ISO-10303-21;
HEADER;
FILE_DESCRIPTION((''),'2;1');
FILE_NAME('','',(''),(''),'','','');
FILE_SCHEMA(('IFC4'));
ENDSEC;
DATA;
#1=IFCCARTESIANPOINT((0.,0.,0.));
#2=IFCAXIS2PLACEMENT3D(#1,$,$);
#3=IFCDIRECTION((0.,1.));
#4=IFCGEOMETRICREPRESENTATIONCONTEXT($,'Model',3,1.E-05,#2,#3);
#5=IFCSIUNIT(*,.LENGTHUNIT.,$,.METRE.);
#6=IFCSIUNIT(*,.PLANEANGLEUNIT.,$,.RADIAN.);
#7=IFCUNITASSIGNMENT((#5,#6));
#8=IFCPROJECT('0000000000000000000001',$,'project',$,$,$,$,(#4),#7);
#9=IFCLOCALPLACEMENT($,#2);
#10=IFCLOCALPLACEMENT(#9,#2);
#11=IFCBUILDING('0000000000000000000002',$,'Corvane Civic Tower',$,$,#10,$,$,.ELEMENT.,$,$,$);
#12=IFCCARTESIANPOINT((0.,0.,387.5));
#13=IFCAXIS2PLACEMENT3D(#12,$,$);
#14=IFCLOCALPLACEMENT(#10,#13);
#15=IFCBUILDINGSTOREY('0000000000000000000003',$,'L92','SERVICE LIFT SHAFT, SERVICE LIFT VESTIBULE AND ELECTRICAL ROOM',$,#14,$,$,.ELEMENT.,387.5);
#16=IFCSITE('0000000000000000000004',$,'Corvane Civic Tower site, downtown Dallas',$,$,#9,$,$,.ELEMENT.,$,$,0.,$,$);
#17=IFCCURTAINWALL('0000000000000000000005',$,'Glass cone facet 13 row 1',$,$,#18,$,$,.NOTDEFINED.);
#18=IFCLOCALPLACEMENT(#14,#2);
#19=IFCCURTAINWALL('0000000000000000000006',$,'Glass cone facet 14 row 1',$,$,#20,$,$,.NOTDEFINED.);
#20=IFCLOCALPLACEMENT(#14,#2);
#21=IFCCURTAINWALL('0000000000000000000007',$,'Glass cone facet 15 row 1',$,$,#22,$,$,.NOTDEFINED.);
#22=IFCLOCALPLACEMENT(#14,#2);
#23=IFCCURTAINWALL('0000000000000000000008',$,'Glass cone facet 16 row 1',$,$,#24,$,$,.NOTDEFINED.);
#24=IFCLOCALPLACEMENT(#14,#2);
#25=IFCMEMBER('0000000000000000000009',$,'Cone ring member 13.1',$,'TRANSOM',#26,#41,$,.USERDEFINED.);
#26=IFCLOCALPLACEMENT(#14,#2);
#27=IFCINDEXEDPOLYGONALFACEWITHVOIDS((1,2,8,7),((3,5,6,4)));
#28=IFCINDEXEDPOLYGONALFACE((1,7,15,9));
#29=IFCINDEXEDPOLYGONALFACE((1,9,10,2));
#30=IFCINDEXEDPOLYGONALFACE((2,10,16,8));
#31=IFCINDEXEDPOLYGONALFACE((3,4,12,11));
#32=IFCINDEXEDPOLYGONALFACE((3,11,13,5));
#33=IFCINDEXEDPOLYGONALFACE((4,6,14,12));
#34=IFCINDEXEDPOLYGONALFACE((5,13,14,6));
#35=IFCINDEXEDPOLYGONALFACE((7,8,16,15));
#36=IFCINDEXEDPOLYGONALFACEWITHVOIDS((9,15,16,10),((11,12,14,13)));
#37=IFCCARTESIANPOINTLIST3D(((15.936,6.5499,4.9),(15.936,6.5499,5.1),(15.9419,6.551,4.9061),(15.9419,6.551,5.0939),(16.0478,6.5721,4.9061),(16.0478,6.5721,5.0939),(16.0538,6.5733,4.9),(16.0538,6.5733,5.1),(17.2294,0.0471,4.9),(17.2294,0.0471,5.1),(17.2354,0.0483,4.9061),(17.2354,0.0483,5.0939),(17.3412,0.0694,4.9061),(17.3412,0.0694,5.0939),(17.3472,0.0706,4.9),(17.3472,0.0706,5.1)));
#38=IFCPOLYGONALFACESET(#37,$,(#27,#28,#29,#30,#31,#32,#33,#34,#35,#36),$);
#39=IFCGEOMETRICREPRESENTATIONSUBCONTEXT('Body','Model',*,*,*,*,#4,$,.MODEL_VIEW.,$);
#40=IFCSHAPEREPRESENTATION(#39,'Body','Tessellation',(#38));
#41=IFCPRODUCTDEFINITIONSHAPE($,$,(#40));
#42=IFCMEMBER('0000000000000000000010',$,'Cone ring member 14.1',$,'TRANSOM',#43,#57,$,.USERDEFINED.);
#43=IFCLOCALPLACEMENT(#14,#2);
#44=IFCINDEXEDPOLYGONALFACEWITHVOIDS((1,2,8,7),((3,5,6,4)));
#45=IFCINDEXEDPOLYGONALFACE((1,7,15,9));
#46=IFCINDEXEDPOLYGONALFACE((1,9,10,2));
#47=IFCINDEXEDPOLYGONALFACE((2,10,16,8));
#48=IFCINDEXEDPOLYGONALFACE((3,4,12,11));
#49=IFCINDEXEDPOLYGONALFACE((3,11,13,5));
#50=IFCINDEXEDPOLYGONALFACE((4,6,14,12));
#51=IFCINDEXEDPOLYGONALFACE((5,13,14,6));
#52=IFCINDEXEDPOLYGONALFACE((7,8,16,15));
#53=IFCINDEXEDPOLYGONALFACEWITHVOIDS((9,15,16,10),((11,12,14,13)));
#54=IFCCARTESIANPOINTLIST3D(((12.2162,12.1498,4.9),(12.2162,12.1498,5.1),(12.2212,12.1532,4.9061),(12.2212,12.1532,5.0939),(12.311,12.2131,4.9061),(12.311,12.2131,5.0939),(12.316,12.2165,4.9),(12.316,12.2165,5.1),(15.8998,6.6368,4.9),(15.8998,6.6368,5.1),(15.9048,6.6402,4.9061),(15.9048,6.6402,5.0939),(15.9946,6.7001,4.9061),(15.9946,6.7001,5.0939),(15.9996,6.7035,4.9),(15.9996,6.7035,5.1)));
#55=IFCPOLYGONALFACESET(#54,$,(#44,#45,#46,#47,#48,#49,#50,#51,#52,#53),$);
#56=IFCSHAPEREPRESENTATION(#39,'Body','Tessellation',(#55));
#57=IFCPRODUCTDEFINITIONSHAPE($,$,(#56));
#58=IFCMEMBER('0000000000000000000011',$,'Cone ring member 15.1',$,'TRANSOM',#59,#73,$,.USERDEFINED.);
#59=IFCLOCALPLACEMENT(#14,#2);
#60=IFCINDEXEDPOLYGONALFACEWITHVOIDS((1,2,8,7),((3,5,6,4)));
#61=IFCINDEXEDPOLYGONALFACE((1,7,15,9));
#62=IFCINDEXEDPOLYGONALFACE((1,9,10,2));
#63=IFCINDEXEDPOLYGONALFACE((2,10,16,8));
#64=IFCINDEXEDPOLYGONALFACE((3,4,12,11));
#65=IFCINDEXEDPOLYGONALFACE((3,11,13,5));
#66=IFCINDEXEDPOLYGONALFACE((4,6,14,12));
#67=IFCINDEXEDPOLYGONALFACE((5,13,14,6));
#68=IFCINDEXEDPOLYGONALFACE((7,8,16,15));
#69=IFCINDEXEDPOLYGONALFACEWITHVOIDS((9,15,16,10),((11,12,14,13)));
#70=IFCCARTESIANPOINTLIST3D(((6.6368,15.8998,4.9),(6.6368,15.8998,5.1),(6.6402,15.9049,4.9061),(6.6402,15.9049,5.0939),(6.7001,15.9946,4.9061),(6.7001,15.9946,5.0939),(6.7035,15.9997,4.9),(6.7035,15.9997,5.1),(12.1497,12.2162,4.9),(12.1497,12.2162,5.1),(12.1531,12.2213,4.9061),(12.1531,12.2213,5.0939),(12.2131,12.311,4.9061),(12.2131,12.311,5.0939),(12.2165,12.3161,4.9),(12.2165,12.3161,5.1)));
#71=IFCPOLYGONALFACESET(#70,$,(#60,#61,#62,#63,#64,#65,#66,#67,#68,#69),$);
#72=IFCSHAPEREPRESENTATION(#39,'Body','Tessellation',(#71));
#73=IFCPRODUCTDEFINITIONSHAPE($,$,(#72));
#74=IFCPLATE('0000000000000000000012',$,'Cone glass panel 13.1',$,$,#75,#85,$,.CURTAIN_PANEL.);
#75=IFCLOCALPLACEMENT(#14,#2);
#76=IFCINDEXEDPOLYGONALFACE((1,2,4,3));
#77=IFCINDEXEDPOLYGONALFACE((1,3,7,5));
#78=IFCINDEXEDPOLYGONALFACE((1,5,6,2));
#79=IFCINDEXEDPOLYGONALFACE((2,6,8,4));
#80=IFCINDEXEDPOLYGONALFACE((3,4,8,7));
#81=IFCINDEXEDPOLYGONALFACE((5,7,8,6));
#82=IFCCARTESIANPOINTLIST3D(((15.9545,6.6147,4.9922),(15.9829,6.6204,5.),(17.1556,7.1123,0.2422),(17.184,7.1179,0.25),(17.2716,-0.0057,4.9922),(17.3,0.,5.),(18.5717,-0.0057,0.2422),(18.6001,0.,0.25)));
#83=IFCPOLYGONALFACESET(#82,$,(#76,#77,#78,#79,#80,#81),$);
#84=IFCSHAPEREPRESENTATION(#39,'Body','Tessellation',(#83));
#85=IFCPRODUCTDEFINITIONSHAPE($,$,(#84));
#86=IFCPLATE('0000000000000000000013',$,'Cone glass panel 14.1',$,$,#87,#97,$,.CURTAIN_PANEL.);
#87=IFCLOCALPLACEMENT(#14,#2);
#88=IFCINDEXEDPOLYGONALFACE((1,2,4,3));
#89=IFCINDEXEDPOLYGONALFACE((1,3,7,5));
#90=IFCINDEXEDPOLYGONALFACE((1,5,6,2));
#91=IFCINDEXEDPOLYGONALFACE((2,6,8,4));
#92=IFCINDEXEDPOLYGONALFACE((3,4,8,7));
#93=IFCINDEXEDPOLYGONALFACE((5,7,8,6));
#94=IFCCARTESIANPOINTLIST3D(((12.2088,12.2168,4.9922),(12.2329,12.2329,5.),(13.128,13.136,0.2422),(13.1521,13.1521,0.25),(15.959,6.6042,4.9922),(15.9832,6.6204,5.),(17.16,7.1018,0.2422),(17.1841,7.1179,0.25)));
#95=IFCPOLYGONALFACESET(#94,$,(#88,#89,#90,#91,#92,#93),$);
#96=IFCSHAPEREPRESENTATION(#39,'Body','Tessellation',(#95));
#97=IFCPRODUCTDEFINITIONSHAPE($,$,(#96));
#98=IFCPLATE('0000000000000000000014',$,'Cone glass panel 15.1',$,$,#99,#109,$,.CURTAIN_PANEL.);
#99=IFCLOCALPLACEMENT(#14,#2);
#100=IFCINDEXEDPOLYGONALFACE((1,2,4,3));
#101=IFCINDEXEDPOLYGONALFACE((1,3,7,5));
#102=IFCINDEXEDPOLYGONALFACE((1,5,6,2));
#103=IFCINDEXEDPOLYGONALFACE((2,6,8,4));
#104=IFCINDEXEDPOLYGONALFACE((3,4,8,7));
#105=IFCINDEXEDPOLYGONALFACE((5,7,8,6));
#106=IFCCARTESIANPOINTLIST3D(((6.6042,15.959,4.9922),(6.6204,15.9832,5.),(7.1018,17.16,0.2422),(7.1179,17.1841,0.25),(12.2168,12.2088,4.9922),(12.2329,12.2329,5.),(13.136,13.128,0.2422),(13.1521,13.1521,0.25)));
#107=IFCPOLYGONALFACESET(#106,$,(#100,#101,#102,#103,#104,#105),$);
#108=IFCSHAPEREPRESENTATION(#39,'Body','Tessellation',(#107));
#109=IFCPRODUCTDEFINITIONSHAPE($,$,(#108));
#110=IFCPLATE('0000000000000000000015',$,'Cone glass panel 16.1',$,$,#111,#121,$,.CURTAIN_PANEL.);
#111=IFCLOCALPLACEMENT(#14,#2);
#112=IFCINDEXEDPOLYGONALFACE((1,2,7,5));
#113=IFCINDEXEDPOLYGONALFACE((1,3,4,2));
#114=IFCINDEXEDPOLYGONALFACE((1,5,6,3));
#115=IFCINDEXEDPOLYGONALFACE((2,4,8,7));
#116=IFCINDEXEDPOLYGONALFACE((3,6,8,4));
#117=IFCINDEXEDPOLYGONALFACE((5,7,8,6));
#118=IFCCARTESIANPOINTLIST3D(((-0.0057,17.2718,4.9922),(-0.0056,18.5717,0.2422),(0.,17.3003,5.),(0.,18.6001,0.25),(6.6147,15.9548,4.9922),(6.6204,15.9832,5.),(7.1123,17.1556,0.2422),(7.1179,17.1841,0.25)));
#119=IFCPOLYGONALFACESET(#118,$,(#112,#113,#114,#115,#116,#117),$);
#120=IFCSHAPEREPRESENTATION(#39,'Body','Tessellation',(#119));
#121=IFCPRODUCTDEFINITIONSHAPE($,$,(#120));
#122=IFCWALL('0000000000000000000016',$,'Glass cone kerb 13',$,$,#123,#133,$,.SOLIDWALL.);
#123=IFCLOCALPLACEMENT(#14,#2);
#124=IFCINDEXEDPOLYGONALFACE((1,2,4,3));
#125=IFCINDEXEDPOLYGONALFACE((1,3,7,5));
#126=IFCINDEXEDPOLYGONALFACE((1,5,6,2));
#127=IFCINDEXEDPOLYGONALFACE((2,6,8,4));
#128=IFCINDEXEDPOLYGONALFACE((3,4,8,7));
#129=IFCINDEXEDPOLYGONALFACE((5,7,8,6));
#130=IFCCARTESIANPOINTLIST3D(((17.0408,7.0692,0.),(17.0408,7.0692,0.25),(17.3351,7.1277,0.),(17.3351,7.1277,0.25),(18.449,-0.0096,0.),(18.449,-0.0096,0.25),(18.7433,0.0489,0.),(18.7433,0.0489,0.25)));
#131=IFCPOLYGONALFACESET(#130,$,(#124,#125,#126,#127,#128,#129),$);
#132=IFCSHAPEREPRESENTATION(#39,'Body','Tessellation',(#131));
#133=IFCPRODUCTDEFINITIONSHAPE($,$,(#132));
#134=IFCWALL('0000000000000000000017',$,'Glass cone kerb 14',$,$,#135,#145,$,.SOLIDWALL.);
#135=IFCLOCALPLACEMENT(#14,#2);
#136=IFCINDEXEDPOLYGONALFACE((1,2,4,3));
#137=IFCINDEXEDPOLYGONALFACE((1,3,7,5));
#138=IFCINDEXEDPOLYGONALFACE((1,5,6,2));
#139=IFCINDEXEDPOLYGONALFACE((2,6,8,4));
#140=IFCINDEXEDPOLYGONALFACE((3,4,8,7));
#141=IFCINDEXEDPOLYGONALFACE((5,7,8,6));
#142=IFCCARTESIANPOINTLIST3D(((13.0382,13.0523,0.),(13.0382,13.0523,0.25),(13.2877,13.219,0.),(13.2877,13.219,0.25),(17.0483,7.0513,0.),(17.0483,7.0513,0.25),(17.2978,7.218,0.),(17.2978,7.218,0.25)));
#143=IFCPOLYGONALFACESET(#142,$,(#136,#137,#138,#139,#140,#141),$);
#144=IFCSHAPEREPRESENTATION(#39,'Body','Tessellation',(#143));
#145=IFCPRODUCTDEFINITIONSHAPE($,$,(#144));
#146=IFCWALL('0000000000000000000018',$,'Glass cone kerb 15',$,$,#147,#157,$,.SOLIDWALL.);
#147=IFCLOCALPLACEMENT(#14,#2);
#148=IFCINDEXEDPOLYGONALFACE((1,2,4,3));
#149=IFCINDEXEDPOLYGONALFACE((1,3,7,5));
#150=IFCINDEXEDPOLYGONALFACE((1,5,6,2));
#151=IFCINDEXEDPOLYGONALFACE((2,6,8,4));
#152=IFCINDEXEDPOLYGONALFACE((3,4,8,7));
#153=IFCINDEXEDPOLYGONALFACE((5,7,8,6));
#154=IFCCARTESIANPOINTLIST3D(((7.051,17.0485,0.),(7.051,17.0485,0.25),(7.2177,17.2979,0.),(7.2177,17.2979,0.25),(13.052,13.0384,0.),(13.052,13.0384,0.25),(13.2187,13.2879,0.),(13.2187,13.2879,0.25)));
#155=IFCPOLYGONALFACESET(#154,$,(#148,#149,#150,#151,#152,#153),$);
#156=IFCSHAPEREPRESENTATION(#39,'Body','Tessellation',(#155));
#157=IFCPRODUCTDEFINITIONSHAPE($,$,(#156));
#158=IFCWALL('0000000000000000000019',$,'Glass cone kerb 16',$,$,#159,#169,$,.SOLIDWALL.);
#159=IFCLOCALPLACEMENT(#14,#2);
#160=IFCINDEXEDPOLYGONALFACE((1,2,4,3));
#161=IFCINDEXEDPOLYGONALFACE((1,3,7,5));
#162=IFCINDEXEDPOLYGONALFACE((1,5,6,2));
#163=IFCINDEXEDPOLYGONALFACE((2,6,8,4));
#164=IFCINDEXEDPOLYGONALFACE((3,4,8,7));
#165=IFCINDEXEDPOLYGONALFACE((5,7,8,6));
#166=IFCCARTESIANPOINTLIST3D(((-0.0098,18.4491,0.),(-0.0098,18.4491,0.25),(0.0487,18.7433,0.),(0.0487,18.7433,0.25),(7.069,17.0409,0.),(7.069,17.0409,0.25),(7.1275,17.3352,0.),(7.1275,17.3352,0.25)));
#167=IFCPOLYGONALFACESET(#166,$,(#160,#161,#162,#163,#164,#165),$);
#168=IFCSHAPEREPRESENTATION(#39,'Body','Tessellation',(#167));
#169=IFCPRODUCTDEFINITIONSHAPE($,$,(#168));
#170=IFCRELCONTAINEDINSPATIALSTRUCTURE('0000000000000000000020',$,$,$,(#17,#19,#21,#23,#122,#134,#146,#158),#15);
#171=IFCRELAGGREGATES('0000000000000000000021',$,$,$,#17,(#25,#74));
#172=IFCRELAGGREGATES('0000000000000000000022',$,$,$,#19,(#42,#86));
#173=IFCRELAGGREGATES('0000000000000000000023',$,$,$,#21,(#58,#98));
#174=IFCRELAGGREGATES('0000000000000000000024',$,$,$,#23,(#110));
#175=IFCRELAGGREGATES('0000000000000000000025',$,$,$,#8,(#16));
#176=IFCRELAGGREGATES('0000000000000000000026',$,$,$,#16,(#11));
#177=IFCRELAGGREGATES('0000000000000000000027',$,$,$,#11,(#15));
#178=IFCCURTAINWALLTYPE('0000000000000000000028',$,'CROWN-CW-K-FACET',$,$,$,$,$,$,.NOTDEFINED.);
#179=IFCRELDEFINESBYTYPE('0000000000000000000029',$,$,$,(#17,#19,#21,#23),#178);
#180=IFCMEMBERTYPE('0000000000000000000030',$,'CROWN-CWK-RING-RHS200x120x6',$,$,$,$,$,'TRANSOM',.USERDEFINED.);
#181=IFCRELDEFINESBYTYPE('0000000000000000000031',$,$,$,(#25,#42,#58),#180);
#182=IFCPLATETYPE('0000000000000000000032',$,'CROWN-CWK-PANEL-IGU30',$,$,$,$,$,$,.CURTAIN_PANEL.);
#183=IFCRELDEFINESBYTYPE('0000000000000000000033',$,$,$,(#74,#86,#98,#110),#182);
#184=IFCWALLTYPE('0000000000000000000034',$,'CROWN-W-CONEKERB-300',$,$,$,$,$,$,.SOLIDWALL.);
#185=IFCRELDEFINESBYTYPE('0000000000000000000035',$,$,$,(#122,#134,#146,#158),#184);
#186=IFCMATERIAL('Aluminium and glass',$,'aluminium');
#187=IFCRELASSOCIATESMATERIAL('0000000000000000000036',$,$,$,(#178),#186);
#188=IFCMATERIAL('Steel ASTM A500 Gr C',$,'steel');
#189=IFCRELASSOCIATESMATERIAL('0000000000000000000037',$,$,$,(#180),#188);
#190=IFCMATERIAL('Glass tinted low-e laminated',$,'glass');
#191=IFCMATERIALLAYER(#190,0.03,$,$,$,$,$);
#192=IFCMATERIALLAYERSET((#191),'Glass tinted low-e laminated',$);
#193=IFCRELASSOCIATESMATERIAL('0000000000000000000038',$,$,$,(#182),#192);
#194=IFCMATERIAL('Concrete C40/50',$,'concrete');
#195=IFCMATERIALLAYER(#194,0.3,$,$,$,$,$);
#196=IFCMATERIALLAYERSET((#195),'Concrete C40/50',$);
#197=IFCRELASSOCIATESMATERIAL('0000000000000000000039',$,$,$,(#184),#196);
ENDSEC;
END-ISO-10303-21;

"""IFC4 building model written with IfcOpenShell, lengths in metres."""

from ifc_helpers import new_model, si_unit, direction, frame, frame_2d, origin, origin_2d, place, context, subcontext, project, spatial, polyline, rectangle, hollow_rectangle, outline, extrude, material, layer, layer_set, material_profile, profile_set, type_object, element, aggregate, save


model = new_model("IFC4")

# Units and contexts
model_context = context("Model", 3, precision=1e-05, world=origin(), true_north=direction((0.0, 1.0)))
body_context = subcontext(model_context, "Body", "Model", "MODEL_VIEW")
ifc_project = project(units=[si_unit("LENGTHUNIT", "METRE"), si_unit("PLANEANGLEUNIT", "RADIAN")], contexts=[model_context])

# Site, building, storey
site_placement = place(None, origin())
site = spatial("IfcSite", under=ifc_project, at=site_placement, Name="Corvane Civic Tower site, downtown Dallas", CompositionType="ELEMENT", RefElevation=0.0)
building_placement = place(site_placement, origin())
building = spatial("IfcBuilding", under=site, at=building_placement, Name="Corvane Civic Tower", CompositionType="ELEMENT")
storey_placement = place(building_placement, frame((0.0, 0.0, 387.5)))
storey = spatial("IfcBuildingStorey", under=building, at=storey_placement, Name="L92", Description="SERVICE LIFT SHAFT, SERVICE LIFT VESTIBULE AND ELECTRICAL ROOM", CompositionType="ELEMENT", Elevation=387.5)

# Curtain walls
ifc_material_1 = material(Name="Aluminium and glass", Category="aluminium")
curtain_wall_type = type_object("IfcCurtainWallType", Name="CROWN-CW-K-FACET", PredefinedType="NOTDEFINED", material=ifc_material_1)
curtain_wall_1_placement = place(storey_placement, origin())
curtain_wall_1 = element("IfcCurtainWall", 1, at=curtain_wall_1_placement, inside=storey, type_object=curtain_wall_type, Name="Glass cone facet 13 row 1", PredefinedType="NOTDEFINED")
curtain_wall_2_placement = place(storey_placement, origin())
curtain_wall_2 = element("IfcCurtainWall", 2, at=curtain_wall_2_placement, inside=storey, type_object=curtain_wall_type, Name="Glass cone facet 14 row 1", PredefinedType="NOTDEFINED")
curtain_wall_3_placement = place(storey_placement, origin())
curtain_wall_3 = element("IfcCurtainWall", 3, at=curtain_wall_3_placement, inside=storey, type_object=curtain_wall_type, Name="Glass cone facet 15 row 1", PredefinedType="NOTDEFINED")

# Curtain wall
curtain_wall_4_placement = place(storey_placement, origin())
curtain_wall_4 = element("IfcCurtainWall", 4, at=curtain_wall_4_placement, inside=storey, type_object=curtain_wall_type, Name="Glass cone facet 16 row 1", PredefinedType="NOTDEFINED")

# Members
ifc_material_2 = material(Name="Steel ASTM A500 Gr C", Category="steel")
ifc_material_profile_1 = material_profile(ifc_material_2, hollow_rectangle(XDim=0.1201, YDim=0.2, WallThickness=0.0061, at=origin_2d()), Name="RHS 200x120x6")
ifc_profile_set_1 = profile_set([ifc_material_profile_1], Name="Steel ASTM A500 Gr C")
member_type_1 = type_object("IfcMemberType", Name="CROWN-CWK-RING-RHS200x120x6", ElementType="TRANSOM", PredefinedType="USERDEFINED", material=ifc_profile_set_1)
member_1_placement = place(storey_placement, frame((17.2883, 0.0588, 5.0), z_axis=(-0.195089, 0.980785, 0.0), x_axis=(-0.980785, -0.195089, 0.0)))
member_1 = element("IfcMember", 5, at=member_1_placement, type_object=member_type_1, Name="Cone ring member 13.1", ObjectType="TRANSOM", PredefinedType="USERDEFINED", context=body_context, shape_type="SweptSolid", body=[
    extrude(hollow_rectangle(XDim=0.1201, YDim=0.2, WallThickness=0.0061, at=origin_2d()), origin(), (0.0, 0.0, 1.0), 6.6301),
])
member_2_placement = place(storey_placement, frame((15.9497, 6.6702, 5.0), z_axis=(-0.555567, 0.831472, 0.0), x_axis=(-0.831472, -0.555567, 0.0)))
member_2 = element("IfcMember", 6, at=member_2_placement, type_object=member_type_1, Name="Cone ring member 14.1", ObjectType="TRANSOM", PredefinedType="USERDEFINED", context=body_context, shape_type="SweptSolid", body=[
    extrude(hollow_rectangle(XDim=0.1201, YDim=0.2, WallThickness=0.0061, at=origin_2d()), origin(), (0.0, 0.0, 1.0), 6.6304),
])
member_3_placement = place(storey_placement, frame((12.1831, 12.2661, 5.0), z_axis=(-0.831472, 0.555567, 0.0), x_axis=(-0.555567, -0.831472, 0.0)))
member_3 = element("IfcMember", 7, at=member_3_placement, type_object=member_type_1, Name="Cone ring member 15.1", ObjectType="TRANSOM", PredefinedType="USERDEFINED", context=body_context, shape_type="SweptSolid", body=[
    extrude(hollow_rectangle(XDim=0.1201, YDim=0.2, WallThickness=0.0061, at=origin_2d()), origin(), (0.0, 0.0, 1.0), 6.6304),
])

# Plates
ifc_material_3 = material(Name="Glass tinted low-e laminated", Category="glass")
ifc_layer_1 = layer(ifc_material_3, 0.03)
ifc_layer_set_1 = layer_set([ifc_layer_1], Name="Glass tinted low-e laminated")
plate_type = type_object("IfcPlateType", Name="CROWN-CWK-PANEL-IGU30", PredefinedType="CURTAIN_PANEL", material=ifc_layer_set_1)
plate_1_placement = place(storey_placement, frame((18.6001, 0.0, 0.25), z_axis=(0.947242, 0.188449, 0.259266), x_axis=(-0.19512, 0.980779, -0.000002)))
plate_1 = element("IfcPlate", 8, at=plate_1_placement, type_object=plate_type, Name="Cone glass panel 13.1", PredefinedType="CURTAIN_PANEL", context=body_context, shape_type="SweptSolid", body=[
    extrude(outline(polyline([(0.0, 0.0), (7.2574, 0.0), (7.0038, 4.9182), (0.2537, 4.9182), (0.0, 0.0)])), origin(), (0.0, 0.0, -1.0), 0.03),
])
aggregate(curtain_wall_1, [member_1, plate_1])
plate_2_placement = place(storey_placement, frame((17.1841, 7.1179, 0.25), z_axis=(0.803041, 0.536584, 0.259236), x_axis=(-0.555577, 0.831465, 0.0)))
plate_2 = element("IfcPlate", 9, at=plate_2_placement, type_object=plate_type, Name="Cone glass panel 14.1", PredefinedType="CURTAIN_PANEL", context=body_context, shape_type="SweptSolid", body=[
    extrude(outline(polyline([(0.0, 0.0), (7.2573, 0.0), (7.0037, 4.9181), (0.2535, 4.9181), (0.0, 0.0)])), origin(), (0.0, 0.0, -1.0), 0.03),
])
aggregate(curtain_wall_2, [member_2, plate_2])
plate_3_placement = place(storey_placement, frame((13.1521, 13.1521, 0.25), z_axis=(0.536584, 0.803041, 0.259236), x_axis=(-0.831465, 0.555577, 0.0)))
plate_3 = element("IfcPlate", 10, at=plate_3_placement, type_object=plate_type, Name="Cone glass panel 15.1", PredefinedType="CURTAIN_PANEL", context=body_context, shape_type="SweptSolid", body=[
    extrude(outline(polyline([(0.0, 0.0), (7.2573, 0.0), (7.0038, 4.9181), (0.2536, 4.9181), (0.0, 0.0)])), origin(), (0.0, 0.0, -1.0), 0.03),
])
aggregate(curtain_wall_3, [member_3, plate_3])
plate_4_placement = place(storey_placement, frame((7.1179, 17.1841, 0.25), z_axis=(0.188451, 0.947254, 0.259221), x_axis=(-0.980779, 0.19512, 0.000002)))
plate_4 = element("IfcPlate", 11, at=plate_4_placement, type_object=plate_type, Name="Cone glass panel 16.1", PredefinedType="CURTAIN_PANEL", context=body_context, shape_type="SweptSolid", body=[
    extrude(outline(polyline([(0.0, 0.0), (7.2574, 0.0), (7.0038, 4.9181), (0.2537, 4.9181), (0.0, 0.0)])), origin(), (0.0, 0.0, -1.0), 0.03),
])
aggregate(curtain_wall_4, [plate_4])

# Walls
ifc_material_4 = material(Name="Concrete C40/50", Category="concrete")
ifc_layer_2 = layer(ifc_material_4, 0.3)
ifc_layer_set_2 = layer_set([ifc_layer_2], Name="Concrete C40/50")
wall_type = type_object("IfcWallType", Name="CROWN-W-CONEKERB-300", PredefinedType="SOLIDWALL", material=ifc_layer_set_2)
for number, where, z_axis, x_axis, name in (
    (12, (18.5962, 0.0195, 0.0), (0.0, 0.0, 1.0), (-0.195108, 0.980782, 0.0), "Glass cone kerb 13"),
    (13, (17.1731, 7.1345, 0.0), (0.0, 0.0, 1.0), (-0.555598, 0.831451, 0.0), "Glass cone kerb 14"),
    (14, (13.1355, 13.1631, 0.0), (0.0, 0.0, 1.0), (-0.831451, 0.555598, 0.0), "Glass cone kerb 15"),
    (15, (7.0984, 17.188, 0.0), (0.0, 0.0, 1.0), (-0.980782, 0.195108, 0.0), "Glass cone kerb 16"),
):
    element("IfcWall", number, at=place(storey_placement, frame(where, z_axis=z_axis, x_axis=x_axis)), inside=storey, type_object=wall_type, Name=name, PredefinedType="SOLIDWALL", context=body_context, shape_type="SweptSolid", body=[
        extrude(rectangle(XDim=7.2175, YDim=0.3, at=frame_2d((3.6089, 0.0))), origin(), (0.0, 0.0, 1.0), 0.25),
    ])

save(model, "model.ifc")
